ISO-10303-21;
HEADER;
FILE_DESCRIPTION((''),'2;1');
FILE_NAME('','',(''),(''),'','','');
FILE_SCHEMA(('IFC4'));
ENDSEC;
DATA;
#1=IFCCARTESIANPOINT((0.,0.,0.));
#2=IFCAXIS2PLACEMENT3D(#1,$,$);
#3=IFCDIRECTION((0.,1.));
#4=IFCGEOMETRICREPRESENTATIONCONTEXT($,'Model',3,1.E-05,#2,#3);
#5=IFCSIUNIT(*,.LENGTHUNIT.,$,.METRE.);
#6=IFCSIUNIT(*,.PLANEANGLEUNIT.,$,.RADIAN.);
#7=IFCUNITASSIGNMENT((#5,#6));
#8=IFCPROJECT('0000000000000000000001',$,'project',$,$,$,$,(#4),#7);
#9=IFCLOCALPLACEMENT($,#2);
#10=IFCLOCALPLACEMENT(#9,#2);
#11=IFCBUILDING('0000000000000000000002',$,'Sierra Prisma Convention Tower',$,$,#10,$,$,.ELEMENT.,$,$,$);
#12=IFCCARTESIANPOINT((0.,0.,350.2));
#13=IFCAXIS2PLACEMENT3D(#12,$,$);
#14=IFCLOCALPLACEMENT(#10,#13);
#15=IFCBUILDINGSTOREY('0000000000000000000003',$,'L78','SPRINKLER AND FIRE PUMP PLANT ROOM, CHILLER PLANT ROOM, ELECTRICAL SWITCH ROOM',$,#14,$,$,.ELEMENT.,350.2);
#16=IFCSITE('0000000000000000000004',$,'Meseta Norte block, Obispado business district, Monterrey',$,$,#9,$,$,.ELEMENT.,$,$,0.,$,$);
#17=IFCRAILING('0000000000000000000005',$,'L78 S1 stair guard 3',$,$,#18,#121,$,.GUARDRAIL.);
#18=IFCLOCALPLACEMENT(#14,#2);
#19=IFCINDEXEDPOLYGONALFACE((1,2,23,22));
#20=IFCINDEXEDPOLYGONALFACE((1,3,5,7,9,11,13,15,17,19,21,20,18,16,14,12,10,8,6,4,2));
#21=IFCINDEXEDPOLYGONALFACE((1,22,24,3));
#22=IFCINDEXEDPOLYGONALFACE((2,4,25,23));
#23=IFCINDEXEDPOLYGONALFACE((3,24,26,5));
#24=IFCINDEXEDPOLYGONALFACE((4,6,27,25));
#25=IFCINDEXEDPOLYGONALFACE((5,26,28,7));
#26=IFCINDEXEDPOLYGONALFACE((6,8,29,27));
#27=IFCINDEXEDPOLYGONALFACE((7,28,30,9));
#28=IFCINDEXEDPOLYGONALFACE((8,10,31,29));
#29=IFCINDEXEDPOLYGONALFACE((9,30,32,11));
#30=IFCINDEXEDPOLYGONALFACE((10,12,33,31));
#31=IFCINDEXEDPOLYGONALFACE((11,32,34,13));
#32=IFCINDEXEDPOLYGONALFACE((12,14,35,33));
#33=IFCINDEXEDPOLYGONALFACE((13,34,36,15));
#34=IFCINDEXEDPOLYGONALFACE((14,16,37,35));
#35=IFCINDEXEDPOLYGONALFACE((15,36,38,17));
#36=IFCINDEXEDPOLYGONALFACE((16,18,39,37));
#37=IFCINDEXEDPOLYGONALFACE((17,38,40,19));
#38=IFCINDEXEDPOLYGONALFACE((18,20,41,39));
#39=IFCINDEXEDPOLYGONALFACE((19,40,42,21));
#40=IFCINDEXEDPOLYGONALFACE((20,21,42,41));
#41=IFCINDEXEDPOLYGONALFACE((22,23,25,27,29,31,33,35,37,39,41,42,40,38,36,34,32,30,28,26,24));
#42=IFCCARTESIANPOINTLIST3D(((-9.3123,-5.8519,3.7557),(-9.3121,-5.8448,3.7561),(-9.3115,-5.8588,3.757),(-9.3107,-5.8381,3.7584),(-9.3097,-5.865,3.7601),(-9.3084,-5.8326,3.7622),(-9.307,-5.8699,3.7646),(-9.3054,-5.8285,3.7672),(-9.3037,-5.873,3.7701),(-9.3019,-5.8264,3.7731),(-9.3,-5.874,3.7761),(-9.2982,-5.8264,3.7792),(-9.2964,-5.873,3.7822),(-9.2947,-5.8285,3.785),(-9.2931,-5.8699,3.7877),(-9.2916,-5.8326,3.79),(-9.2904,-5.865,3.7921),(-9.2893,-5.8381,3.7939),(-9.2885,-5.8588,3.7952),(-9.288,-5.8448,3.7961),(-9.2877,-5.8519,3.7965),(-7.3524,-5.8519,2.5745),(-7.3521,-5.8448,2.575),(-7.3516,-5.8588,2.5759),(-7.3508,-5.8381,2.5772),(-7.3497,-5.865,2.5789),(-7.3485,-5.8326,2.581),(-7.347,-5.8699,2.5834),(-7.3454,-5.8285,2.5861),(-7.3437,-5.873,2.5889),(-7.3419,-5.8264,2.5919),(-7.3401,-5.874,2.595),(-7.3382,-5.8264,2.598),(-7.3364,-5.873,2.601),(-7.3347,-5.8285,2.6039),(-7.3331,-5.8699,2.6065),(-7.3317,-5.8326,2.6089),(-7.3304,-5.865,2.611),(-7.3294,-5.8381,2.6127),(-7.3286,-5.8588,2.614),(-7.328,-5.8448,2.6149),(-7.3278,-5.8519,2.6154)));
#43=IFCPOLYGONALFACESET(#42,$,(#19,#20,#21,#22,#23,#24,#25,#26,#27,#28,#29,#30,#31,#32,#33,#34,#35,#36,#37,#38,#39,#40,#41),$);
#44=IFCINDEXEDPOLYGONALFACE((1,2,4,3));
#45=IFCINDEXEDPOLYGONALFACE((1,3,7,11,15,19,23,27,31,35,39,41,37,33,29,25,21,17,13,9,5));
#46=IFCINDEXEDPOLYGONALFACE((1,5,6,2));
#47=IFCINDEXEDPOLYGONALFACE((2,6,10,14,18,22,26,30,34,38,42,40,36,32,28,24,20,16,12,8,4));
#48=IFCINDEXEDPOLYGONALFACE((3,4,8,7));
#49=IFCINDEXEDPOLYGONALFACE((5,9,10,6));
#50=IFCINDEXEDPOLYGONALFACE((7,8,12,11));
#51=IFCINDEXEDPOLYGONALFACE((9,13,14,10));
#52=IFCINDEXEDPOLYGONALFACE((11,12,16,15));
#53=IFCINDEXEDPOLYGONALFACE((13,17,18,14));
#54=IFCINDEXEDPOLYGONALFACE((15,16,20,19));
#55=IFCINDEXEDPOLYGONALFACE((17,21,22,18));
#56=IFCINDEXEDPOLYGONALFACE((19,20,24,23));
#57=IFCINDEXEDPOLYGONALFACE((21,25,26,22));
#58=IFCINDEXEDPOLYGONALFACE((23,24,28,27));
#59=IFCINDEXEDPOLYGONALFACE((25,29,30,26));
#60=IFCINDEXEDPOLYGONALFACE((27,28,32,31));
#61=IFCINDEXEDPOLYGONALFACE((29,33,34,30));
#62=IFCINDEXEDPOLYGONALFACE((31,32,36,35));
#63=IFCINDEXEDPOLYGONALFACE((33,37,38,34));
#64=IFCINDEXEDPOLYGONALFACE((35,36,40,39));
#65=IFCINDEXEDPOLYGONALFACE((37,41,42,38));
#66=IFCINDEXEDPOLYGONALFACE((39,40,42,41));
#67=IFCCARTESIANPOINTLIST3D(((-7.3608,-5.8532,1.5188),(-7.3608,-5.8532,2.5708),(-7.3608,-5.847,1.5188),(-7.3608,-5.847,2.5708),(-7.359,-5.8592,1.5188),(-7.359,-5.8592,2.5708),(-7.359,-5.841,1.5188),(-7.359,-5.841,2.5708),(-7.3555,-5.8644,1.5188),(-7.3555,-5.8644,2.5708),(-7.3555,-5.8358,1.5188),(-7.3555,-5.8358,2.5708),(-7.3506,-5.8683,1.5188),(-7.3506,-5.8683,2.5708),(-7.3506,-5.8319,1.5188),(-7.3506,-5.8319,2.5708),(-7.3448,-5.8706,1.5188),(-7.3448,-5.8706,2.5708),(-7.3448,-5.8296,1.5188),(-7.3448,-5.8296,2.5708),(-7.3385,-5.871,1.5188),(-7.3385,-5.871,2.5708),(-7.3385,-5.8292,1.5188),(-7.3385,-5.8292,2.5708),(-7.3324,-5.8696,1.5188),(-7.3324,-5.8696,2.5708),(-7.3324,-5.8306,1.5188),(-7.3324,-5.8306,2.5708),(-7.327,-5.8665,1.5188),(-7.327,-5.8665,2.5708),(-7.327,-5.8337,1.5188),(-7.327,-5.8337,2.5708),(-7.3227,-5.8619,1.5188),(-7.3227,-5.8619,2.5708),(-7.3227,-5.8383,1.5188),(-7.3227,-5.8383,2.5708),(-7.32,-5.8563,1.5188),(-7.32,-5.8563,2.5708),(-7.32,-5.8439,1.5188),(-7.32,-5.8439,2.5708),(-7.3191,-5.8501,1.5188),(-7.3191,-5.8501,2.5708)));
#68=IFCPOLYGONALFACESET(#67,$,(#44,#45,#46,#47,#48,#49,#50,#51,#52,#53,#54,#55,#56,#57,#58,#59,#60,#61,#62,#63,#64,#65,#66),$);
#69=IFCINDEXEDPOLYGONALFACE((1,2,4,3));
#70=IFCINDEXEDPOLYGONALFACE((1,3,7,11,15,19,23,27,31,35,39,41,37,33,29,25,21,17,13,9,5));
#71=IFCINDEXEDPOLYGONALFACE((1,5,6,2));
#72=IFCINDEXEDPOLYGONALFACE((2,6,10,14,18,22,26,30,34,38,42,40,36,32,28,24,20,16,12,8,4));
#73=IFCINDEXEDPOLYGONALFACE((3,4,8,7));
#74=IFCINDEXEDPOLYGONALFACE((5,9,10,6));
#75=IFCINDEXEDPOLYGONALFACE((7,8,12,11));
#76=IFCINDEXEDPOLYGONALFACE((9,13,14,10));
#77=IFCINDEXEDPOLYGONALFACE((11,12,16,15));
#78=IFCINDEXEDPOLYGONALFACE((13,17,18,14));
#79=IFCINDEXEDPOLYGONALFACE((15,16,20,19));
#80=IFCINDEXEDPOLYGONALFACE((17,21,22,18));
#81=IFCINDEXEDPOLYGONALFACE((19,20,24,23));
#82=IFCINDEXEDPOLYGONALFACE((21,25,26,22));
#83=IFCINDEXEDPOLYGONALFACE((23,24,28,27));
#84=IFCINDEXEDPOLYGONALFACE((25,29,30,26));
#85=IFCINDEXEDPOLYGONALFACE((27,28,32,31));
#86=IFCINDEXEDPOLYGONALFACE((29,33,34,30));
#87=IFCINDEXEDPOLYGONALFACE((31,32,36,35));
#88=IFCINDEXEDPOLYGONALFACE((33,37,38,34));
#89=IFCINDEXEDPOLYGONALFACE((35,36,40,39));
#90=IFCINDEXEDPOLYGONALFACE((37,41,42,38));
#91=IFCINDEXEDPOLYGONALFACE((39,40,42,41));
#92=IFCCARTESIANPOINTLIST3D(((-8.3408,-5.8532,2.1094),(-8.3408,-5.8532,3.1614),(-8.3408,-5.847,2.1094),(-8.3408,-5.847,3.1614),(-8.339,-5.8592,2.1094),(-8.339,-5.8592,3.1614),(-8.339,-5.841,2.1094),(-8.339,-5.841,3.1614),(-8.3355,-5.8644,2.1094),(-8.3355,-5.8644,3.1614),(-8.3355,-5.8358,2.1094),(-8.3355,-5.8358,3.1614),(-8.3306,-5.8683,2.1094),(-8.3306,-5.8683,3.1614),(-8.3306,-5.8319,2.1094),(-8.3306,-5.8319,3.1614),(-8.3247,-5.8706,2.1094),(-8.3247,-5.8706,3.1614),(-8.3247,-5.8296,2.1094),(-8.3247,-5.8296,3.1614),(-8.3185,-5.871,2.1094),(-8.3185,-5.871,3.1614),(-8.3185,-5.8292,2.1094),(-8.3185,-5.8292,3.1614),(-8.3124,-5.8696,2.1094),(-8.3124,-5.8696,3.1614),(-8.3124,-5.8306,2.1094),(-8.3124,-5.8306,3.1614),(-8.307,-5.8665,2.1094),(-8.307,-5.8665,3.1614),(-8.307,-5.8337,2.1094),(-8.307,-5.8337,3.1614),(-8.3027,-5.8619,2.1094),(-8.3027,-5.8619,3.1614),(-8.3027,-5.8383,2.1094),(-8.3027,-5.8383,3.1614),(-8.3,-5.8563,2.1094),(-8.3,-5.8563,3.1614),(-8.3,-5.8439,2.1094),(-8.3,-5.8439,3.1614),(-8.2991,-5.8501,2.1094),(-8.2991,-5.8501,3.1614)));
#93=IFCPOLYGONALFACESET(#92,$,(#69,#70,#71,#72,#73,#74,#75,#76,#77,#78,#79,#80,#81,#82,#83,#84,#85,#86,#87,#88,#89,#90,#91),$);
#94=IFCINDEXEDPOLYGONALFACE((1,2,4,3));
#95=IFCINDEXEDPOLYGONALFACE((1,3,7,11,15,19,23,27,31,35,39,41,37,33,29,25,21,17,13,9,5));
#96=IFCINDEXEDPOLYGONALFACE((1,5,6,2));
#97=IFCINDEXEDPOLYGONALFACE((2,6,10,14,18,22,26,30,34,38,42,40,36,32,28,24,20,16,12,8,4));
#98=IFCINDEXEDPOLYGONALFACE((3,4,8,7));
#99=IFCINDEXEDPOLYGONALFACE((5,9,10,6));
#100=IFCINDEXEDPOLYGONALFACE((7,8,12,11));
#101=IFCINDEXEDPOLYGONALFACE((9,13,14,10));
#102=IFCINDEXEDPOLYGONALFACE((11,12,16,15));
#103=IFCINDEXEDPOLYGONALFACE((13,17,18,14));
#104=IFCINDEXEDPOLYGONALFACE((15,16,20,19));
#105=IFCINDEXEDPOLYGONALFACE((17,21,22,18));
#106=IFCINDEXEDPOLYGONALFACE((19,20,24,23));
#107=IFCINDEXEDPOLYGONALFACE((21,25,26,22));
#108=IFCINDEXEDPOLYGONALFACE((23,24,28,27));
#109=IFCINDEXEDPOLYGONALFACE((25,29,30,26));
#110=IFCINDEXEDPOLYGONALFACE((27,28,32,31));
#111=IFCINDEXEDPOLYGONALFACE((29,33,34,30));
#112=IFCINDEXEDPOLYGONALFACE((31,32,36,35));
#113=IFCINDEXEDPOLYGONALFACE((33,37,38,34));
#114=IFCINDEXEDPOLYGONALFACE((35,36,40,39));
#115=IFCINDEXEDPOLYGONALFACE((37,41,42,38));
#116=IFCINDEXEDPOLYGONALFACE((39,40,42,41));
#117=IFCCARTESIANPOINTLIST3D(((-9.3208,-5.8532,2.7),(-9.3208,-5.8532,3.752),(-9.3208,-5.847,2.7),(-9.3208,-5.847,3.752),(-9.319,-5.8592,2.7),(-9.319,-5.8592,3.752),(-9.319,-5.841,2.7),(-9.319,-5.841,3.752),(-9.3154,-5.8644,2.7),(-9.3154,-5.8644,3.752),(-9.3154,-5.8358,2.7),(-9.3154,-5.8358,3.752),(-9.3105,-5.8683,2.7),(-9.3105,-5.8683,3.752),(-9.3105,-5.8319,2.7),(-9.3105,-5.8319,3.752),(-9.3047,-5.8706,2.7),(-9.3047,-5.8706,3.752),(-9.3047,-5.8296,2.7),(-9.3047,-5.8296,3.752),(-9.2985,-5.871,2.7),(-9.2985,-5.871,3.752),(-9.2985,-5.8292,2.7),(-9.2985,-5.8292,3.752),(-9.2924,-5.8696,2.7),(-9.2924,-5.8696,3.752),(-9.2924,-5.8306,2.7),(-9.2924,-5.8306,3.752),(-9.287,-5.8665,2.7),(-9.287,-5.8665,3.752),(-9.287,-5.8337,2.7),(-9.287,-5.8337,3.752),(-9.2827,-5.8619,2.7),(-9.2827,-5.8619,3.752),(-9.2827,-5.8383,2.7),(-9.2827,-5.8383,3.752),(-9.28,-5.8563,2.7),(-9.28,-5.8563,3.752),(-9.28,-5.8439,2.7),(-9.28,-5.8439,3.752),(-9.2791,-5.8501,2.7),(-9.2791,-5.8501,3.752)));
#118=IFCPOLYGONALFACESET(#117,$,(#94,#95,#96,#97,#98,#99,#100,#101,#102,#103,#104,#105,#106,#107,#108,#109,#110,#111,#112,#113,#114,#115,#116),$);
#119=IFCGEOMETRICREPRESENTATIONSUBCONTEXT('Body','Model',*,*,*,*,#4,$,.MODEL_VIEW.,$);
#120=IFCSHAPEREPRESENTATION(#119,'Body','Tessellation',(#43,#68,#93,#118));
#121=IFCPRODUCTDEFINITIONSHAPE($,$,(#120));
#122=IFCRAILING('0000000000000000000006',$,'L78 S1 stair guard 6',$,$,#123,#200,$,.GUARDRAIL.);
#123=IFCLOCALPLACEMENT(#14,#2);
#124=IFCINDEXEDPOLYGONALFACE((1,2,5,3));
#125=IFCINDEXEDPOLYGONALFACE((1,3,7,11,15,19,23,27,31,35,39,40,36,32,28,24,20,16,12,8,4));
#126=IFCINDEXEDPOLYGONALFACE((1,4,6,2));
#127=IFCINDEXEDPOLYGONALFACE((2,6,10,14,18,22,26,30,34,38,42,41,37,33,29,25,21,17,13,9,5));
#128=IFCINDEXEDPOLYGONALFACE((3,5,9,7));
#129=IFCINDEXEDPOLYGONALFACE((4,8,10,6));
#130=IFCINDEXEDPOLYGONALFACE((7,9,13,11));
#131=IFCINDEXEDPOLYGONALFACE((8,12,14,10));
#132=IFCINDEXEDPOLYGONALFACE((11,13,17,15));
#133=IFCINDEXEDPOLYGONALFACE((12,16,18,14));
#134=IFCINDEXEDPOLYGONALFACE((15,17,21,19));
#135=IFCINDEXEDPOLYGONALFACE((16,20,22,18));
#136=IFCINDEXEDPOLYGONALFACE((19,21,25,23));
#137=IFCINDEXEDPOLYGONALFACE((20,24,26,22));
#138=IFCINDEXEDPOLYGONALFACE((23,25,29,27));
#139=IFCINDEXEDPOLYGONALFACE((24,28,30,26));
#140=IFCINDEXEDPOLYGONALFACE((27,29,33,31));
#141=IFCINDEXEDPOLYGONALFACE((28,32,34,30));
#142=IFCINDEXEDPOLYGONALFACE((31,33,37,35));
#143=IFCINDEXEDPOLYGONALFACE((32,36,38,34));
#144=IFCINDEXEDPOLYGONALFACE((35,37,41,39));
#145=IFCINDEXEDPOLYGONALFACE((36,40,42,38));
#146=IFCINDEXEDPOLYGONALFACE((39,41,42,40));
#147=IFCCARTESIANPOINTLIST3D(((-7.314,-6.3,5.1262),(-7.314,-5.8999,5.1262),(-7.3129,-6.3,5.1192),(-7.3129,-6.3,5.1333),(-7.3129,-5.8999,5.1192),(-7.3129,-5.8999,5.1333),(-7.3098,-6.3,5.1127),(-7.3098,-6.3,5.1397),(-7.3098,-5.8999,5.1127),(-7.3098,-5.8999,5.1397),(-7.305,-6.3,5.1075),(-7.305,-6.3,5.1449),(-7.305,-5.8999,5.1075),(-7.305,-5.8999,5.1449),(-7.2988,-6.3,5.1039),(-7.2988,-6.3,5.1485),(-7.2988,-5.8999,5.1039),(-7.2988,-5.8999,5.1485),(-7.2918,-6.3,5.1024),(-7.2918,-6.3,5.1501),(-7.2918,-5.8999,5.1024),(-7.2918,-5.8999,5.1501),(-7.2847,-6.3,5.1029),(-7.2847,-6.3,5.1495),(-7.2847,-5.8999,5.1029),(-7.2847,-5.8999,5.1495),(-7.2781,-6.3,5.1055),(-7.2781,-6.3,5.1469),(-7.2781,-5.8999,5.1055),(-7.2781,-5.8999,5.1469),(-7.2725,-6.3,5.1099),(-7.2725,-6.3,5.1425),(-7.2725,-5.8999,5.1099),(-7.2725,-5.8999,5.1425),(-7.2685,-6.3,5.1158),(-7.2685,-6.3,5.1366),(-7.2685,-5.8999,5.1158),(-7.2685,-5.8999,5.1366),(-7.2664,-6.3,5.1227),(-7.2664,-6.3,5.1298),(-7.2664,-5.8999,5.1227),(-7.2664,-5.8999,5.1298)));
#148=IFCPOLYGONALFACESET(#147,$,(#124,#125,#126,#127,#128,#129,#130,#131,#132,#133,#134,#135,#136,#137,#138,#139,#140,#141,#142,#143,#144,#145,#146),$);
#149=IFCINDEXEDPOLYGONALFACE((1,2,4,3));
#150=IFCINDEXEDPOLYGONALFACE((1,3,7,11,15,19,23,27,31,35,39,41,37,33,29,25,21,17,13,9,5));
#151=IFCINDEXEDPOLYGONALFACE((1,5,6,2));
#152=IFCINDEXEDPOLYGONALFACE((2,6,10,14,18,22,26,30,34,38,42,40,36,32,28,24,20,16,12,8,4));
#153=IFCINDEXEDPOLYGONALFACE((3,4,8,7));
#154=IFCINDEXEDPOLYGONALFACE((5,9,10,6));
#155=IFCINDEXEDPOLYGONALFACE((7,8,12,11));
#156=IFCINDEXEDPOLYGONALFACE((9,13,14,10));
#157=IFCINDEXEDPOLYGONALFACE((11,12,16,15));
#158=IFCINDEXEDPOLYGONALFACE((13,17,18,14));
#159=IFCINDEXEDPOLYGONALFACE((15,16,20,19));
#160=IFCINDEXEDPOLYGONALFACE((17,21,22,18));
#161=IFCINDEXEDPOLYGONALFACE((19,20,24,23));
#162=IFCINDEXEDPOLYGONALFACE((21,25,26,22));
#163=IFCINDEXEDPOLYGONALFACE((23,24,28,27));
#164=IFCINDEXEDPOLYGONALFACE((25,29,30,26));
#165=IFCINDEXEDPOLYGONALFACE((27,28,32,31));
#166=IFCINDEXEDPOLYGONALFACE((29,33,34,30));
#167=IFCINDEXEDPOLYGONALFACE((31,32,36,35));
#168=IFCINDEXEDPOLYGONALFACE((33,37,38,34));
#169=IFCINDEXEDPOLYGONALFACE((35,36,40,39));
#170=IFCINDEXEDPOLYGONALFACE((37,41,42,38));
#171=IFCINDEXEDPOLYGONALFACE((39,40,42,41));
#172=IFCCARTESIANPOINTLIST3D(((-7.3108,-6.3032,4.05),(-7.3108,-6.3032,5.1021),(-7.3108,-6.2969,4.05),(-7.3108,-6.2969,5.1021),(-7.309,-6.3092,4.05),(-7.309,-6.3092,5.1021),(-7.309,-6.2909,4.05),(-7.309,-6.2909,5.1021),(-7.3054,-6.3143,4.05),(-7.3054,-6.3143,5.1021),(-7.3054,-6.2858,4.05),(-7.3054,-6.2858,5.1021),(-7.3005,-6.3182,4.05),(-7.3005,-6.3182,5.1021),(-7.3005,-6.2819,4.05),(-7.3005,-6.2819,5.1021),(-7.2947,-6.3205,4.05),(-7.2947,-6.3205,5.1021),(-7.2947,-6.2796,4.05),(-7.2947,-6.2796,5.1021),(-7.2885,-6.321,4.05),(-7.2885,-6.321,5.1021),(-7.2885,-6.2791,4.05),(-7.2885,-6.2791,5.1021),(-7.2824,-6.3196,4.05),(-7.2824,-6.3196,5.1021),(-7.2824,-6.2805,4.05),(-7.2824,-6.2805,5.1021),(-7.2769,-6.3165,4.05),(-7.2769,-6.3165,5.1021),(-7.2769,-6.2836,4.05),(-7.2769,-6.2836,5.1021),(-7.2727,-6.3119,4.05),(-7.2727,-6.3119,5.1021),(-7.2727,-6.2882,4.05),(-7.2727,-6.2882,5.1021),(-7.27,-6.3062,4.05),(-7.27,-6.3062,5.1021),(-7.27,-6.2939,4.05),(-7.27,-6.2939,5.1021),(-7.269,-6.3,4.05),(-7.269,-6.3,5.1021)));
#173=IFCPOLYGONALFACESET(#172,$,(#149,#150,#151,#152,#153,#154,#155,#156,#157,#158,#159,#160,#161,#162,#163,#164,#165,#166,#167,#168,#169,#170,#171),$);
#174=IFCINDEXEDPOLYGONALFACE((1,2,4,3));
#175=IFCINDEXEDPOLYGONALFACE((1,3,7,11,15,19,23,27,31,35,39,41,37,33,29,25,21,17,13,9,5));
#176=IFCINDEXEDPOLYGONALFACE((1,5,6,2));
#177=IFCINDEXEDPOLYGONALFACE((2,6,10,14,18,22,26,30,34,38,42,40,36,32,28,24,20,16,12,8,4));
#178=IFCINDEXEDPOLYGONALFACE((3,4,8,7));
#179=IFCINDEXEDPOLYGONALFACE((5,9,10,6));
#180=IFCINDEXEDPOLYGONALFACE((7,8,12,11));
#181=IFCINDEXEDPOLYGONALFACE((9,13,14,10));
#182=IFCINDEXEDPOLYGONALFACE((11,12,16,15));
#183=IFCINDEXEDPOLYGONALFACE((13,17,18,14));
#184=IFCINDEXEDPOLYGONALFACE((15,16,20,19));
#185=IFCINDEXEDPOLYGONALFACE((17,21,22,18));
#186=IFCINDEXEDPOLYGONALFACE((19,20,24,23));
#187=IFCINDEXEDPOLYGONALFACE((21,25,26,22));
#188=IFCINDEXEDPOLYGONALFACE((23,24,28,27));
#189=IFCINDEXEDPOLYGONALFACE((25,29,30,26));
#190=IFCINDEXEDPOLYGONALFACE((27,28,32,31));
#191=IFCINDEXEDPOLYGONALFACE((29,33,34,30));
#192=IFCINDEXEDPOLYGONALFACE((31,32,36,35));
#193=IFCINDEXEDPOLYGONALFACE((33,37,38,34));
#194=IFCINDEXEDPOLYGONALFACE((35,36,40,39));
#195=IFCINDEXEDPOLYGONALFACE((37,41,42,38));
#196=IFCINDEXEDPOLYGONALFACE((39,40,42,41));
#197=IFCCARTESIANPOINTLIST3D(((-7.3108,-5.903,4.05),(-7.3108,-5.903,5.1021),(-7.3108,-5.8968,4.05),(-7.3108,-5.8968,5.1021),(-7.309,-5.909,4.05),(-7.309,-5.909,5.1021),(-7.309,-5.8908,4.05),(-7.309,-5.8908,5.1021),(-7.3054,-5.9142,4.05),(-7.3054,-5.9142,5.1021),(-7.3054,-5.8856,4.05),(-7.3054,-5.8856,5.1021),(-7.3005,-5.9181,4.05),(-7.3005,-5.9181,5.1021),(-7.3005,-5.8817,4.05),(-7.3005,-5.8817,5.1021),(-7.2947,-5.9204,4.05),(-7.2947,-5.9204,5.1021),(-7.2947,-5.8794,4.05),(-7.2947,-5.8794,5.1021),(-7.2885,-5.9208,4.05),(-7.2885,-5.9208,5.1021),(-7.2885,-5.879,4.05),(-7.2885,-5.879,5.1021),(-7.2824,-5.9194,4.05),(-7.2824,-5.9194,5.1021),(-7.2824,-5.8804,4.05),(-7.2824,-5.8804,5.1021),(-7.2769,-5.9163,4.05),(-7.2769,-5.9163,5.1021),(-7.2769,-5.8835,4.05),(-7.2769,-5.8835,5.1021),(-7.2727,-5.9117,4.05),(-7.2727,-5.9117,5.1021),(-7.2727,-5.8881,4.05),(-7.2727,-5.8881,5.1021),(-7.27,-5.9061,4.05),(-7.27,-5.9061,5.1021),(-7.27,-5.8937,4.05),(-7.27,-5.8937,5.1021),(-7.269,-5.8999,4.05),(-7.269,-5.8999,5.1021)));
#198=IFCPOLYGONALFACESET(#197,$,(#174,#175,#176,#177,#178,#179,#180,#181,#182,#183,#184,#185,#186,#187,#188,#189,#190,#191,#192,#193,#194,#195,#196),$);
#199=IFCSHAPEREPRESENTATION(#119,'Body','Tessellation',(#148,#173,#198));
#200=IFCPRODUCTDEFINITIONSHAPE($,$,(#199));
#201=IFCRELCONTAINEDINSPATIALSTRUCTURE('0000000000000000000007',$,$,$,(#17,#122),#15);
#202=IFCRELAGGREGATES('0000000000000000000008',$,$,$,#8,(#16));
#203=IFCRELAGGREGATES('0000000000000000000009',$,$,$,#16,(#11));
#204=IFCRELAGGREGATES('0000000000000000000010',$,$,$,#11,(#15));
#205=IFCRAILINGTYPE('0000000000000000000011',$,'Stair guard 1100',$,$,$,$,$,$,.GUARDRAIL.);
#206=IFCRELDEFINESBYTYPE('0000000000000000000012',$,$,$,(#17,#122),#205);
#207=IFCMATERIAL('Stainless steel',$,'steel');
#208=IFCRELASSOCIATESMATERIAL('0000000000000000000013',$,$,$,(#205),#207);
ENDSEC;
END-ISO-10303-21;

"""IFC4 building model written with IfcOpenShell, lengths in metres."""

from ifc_helpers import new_model, si_unit, direction, frame, origin, origin_2d, place, context, subcontext, project, spatial, circle, extrude, material, type_object, element, save


model = new_model("IFC4")

# Units and contexts
model_context = context("Model", 3, precision=1e-05, world=origin(), true_north=direction((0.0, 1.0)))
body_context = subcontext(model_context, "Body", "Model", "MODEL_VIEW")
ifc_project = project(units=[si_unit("LENGTHUNIT", "METRE"), si_unit("PLANEANGLEUNIT", "RADIAN")], contexts=[model_context])

# Site, building, storey
site_placement = place(None, origin())
site = spatial("IfcSite", under=ifc_project, at=site_placement, Name="Meseta Norte block, Obispado business district, Monterrey", CompositionType="ELEMENT", RefElevation=0.0)
building_placement = place(site_placement, origin())
building = spatial("IfcBuilding", under=site, at=building_placement, Name="Sierra Prisma Convention Tower", CompositionType="ELEMENT")
storey_placement = place(building_placement, frame((0.0, 0.0, 350.2)))
storey = spatial("IfcBuildingStorey", under=building, at=storey_placement, Name="L78", Description="SPRINKLER AND FIRE PUMP PLANT ROOM, CHILLER PLANT ROOM, ELECTRICAL SWITCH ROOM", CompositionType="ELEMENT", Elevation=350.2)

# Railings
ifc_material_1 = material(Name="Stainless steel", Category="steel")
railing_type_1 = type_object("IfcRailingType", Name="Stair guard 1100", PredefinedType="GUARDRAIL", material=ifc_material_1)
railing_1_placement = place(storey_placement, frame((-7.3401, -5.8501, 1.5188)))
element("IfcRailing", 1, at=railing_1_placement, inside=storey, type_object=railing_type_1, Name="L78 S1 stair guard 3", PredefinedType="GUARDRAIL", context=body_context, shape_type="SweptSolid", body=[
    extrude(circle(Radius=0.0239, at=origin_2d()), frame((0.0, 0.0, 1.0762), z_axis=(-0.856493, 0.0, 0.516158), x_axis=(0.0, -1.0, 0.0)), (0.0, 0.0, 1.0), 2.2883),
    extrude(circle(Radius=0.021, at=origin_2d()), origin(), (0.0, 0.0, 1.0), 1.052),
    extrude(circle(Radius=0.021, at=origin_2d()), frame((-0.98, 0.0, 0.5906)), (0.0, 0.0, 1.0), 1.052),
    extrude(circle(Radius=0.021, at=origin_2d()), frame((-1.96, 0.0, 1.1812)), (0.0, 0.0, 1.0), 1.052),
])
railing_2_placement = place(storey_placement, frame((-7.29, -6.3, 4.05)))
element("IfcRailing", 2, at=railing_2_placement, inside=storey, type_object=railing_type_1, Name="L78 S1 stair guard 6", PredefinedType="GUARDRAIL", context=body_context, shape_type="SweptSolid", body=[
    extrude(circle(Radius=0.0239, at=origin_2d()), frame((0.0, 0.0, 1.0762), z_axis=(0.0, 1.0, 0.0), x_axis=(-1.0, 0.0, 0.0)), (0.0, 0.0, 1.0), 0.4001),
    extrude(circle(Radius=0.021, at=origin_2d()), origin(), (0.0, 0.0, 1.0), 1.052),
    extrude(circle(Radius=0.021, at=origin_2d()), frame((0.0, 0.4001, 0.0)), (0.0, 0.0, 1.0), 1.052),
])

save(model, "model.ifc")
